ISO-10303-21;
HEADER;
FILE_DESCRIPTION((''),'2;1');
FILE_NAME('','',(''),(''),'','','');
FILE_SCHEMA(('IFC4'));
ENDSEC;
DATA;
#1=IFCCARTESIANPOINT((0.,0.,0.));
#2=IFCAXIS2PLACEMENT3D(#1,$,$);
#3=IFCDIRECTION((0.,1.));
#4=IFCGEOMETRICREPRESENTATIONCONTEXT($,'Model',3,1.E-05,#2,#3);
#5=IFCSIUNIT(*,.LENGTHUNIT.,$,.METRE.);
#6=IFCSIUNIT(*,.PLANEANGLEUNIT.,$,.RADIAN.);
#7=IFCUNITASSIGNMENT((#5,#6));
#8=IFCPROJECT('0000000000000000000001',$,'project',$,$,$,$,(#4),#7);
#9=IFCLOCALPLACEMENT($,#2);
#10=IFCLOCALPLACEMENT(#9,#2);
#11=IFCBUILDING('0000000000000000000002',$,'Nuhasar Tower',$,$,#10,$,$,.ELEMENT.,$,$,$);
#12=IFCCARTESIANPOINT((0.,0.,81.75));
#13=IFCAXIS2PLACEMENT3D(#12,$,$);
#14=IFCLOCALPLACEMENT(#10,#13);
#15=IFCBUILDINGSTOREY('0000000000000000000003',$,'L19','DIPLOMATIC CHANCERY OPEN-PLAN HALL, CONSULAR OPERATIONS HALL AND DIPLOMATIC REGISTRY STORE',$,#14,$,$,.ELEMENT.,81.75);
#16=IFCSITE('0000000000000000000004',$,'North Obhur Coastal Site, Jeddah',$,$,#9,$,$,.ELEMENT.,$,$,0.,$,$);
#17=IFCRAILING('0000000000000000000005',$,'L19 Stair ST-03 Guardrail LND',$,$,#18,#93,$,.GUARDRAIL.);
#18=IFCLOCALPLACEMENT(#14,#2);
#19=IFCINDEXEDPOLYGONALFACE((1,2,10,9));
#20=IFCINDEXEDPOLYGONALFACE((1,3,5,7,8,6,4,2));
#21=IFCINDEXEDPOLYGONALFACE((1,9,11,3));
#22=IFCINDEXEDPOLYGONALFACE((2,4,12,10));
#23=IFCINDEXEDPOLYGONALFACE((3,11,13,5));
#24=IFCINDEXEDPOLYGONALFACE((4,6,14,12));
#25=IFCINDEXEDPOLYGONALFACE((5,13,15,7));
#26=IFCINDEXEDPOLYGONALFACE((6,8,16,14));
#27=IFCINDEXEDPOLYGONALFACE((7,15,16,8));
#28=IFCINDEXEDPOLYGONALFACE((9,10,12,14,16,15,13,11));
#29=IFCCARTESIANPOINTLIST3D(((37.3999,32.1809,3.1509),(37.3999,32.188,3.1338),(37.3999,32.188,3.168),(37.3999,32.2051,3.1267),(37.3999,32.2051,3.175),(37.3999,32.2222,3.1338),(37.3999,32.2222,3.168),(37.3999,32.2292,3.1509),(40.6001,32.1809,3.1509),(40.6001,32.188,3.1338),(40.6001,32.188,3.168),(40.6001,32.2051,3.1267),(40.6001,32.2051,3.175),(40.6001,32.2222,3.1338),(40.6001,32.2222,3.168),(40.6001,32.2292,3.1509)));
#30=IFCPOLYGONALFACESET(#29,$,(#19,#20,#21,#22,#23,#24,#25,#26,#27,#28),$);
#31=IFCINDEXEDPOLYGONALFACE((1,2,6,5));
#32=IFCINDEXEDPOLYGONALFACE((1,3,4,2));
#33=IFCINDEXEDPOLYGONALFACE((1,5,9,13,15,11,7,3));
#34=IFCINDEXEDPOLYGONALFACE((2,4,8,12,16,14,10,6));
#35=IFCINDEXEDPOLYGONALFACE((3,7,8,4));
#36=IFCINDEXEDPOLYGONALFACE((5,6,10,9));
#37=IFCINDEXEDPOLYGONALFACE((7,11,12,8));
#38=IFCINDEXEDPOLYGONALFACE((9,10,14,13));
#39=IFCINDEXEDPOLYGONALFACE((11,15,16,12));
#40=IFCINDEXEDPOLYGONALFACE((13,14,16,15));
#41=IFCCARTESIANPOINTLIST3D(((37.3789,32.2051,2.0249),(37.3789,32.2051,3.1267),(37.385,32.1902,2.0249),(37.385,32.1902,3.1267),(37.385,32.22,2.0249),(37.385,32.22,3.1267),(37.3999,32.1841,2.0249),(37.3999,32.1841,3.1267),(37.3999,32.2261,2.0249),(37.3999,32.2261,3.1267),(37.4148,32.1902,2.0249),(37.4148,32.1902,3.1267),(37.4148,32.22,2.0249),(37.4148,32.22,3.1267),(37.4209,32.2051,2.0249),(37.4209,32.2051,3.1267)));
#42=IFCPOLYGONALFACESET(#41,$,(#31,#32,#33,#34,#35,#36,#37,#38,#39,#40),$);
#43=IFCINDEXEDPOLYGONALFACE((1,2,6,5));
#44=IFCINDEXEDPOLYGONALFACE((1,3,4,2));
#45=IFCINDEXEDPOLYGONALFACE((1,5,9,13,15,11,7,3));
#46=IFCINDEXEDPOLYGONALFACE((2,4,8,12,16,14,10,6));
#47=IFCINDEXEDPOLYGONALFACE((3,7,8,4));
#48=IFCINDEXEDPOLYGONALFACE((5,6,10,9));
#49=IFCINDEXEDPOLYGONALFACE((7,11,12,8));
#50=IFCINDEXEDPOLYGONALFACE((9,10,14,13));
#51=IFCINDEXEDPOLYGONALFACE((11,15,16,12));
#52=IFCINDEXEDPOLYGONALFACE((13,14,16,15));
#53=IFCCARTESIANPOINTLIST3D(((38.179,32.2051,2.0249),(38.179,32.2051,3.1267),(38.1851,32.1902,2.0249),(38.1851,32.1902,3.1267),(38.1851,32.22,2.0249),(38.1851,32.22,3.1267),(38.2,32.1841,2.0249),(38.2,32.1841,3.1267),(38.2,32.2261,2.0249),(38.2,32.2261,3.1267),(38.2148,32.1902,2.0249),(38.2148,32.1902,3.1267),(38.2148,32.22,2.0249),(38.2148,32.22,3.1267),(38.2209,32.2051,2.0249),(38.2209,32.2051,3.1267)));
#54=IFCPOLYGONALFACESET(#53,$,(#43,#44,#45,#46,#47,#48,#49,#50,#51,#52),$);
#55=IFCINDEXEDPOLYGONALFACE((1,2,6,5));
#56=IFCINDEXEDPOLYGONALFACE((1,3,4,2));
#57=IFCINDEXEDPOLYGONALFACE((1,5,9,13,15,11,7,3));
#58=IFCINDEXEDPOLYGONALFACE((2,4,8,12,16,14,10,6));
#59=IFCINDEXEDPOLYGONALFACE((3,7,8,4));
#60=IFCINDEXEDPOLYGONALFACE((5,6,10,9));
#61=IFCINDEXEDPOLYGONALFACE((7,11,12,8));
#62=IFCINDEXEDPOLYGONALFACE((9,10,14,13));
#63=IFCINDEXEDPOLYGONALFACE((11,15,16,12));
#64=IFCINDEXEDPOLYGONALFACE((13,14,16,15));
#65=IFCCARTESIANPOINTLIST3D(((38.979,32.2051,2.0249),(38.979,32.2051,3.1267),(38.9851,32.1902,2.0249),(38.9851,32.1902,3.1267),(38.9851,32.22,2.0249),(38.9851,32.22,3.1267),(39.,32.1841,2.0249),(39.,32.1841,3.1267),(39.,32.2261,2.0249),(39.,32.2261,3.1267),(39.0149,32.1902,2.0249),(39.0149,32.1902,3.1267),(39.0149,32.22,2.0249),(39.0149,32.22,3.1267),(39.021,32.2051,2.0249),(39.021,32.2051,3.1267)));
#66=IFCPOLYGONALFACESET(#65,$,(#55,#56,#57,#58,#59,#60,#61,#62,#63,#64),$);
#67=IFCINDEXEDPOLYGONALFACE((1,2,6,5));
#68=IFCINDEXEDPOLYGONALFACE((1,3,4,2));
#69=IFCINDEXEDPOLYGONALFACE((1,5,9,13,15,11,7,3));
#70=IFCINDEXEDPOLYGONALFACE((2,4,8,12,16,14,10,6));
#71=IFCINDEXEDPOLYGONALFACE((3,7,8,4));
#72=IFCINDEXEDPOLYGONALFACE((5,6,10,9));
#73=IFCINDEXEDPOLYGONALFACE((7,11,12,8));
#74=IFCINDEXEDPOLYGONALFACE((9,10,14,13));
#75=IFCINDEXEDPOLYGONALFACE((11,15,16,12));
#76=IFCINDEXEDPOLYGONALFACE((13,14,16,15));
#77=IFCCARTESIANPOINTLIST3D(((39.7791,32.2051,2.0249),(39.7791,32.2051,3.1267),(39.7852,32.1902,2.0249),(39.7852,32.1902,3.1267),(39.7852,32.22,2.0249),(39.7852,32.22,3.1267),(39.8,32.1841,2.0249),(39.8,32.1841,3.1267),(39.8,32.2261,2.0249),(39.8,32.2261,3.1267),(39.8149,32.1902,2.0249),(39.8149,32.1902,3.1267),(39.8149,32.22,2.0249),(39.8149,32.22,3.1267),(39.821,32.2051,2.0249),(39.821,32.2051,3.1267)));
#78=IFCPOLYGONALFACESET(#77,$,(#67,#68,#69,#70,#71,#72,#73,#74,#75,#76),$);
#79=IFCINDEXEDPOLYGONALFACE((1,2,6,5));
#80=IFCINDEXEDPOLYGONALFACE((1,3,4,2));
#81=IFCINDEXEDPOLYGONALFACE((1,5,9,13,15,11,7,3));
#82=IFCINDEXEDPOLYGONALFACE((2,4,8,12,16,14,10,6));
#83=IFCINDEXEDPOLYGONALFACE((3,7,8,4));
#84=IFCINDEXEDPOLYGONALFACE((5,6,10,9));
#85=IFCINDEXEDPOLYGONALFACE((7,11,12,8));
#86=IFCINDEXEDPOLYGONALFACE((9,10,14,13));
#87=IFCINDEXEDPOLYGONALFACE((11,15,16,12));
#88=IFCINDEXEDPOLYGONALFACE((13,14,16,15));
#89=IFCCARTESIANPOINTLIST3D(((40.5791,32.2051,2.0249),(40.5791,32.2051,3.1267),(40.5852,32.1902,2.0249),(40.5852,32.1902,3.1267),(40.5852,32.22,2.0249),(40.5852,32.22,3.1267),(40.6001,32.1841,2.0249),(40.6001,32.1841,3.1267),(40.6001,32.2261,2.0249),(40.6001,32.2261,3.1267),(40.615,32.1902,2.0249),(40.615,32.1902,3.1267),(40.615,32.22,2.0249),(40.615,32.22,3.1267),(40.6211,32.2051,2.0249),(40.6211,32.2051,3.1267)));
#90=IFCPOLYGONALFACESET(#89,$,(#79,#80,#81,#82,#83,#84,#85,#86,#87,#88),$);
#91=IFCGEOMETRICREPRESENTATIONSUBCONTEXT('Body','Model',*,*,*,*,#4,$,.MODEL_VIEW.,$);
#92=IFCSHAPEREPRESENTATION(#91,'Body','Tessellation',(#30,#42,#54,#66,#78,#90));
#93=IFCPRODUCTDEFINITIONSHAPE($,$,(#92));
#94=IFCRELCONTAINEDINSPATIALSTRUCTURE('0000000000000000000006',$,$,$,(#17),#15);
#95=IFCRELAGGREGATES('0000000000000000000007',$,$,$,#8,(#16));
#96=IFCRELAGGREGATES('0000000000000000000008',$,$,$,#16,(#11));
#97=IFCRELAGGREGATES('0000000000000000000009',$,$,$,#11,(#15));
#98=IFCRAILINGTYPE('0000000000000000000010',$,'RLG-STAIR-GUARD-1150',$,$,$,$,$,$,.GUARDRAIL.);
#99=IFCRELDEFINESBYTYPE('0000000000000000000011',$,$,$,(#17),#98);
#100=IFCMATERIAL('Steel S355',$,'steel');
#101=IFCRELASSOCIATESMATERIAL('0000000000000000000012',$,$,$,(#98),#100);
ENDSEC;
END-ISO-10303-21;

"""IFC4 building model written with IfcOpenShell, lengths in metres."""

from ifc_helpers import new_model, si_unit, direction, frame, origin, place, context, subcontext, project, spatial, polyline, outline, extrude, material, type_object, element, save


model = new_model("IFC4")

# Units and contexts
model_context = context("Model", 3, precision=1e-05, world=origin(), true_north=direction((0.0, 1.0)))
body_context = subcontext(model_context, "Body", "Model", "MODEL_VIEW")
ifc_project = project(units=[si_unit("LENGTHUNIT", "METRE"), si_unit("PLANEANGLEUNIT", "RADIAN")], contexts=[model_context])

# Site, building, storey
site_placement = place(None, origin())
site = spatial("IfcSite", under=ifc_project, at=site_placement, Name="North Obhur Coastal Site, Jeddah", CompositionType="ELEMENT", RefElevation=0.0)
building_placement = place(site_placement, origin())
building = spatial("IfcBuilding", under=site, at=building_placement, Name="Nuhasar Tower", CompositionType="ELEMENT")
storey_placement = place(building_placement, frame((0.0, 0.0, 81.75)))
storey = spatial("IfcBuildingStorey", under=building, at=storey_placement, Name="L19", Description="DIPLOMATIC CHANCERY OPEN-PLAN HALL, CONSULAR OPERATIONS HALL AND DIPLOMATIC REGISTRY STORE", CompositionType="ELEMENT", Elevation=81.75)

# Shared definitions
ifc_material_1 = material(Name="Steel S355", Category="steel")

# Railing
railing_type_1 = type_object("IfcRailingType", Name="RLG-STAIR-GUARD-1150", PredefinedType="GUARDRAIL", material=ifc_material_1)
railing_1_placement = place(storey_placement, frame((37.3999, 32.2051, 2.0249)))
element("IfcRailing", 1, at=railing_1_placement, inside=storey, type_object=railing_type_1, Name="L19 Stair ST-03 Guardrail LND", PredefinedType="GUARDRAIL", context=body_context, shape_type="SweptSolid", body=[
    extrude(outline(polyline([(0.0242, 0.0), (0.0171, 0.0171), (0.0, 0.0242), (-0.0171, 0.0171), (-0.0242, 0.0), (-0.0171, -0.0171), (0.0, -0.0242), (0.0171, -0.0171), (0.0242, 0.0)])), frame((0.0, 0.0, 1.126), z_axis=(1.0, 0.0, 0.0), x_axis=(0.0, 1.0, 0.0)), (0.0, 0.0, 1.0), 3.2002),
    extrude(outline(polyline([(0.021, 0.0), (0.0149, 0.0149), (0.0, 0.021), (-0.0149, 0.0149), (-0.021, 0.0), (-0.0149, -0.0149), (0.0, -0.021), (0.0149, -0.0149), (0.021, 0.0)])), origin(), (0.0, 0.0, 1.0), 1.1018),
    extrude(outline(polyline([(0.021, 0.0), (0.0149, 0.0149), (0.0, 0.021), (-0.0149, 0.0149), (-0.021, 0.0), (-0.0149, -0.0149), (0.0, -0.021), (0.0149, -0.0149), (0.021, 0.0)])), frame((0.8, 0.0, 0.0)), (0.0, 0.0, 1.0), 1.1018),
    extrude(outline(polyline([(0.021, 0.0), (0.0149, 0.0149), (0.0, 0.021), (-0.0149, 0.0149), (-0.021, 0.0), (-0.0149, -0.0149), (0.0, -0.021), (0.0149, -0.0149), (0.021, 0.0)])), frame((1.6001, 0.0, 0.0)), (0.0, 0.0, 1.0), 1.1018),
    extrude(outline(polyline([(0.021, 0.0), (0.0149, 0.0149), (0.0, 0.021), (-0.0149, 0.0149), (-0.021, 0.0), (-0.0149, -0.0149), (0.0, -0.021), (0.0149, -0.0149), (0.021, 0.0)])), frame((2.4001, 0.0, 0.0)), (0.0, 0.0, 1.0), 1.1018),
    extrude(outline(polyline([(0.021, 0.0), (0.0149, 0.0149), (0.0, 0.021), (-0.0149, 0.0149), (-0.021, 0.0), (-0.0149, -0.0149), (0.0, -0.021), (0.0149, -0.0149), (0.021, 0.0)])), frame((3.2002, 0.0, 0.0)), (0.0, 0.0, 1.0), 1.1018),
])

save(model, "model.ifc")
